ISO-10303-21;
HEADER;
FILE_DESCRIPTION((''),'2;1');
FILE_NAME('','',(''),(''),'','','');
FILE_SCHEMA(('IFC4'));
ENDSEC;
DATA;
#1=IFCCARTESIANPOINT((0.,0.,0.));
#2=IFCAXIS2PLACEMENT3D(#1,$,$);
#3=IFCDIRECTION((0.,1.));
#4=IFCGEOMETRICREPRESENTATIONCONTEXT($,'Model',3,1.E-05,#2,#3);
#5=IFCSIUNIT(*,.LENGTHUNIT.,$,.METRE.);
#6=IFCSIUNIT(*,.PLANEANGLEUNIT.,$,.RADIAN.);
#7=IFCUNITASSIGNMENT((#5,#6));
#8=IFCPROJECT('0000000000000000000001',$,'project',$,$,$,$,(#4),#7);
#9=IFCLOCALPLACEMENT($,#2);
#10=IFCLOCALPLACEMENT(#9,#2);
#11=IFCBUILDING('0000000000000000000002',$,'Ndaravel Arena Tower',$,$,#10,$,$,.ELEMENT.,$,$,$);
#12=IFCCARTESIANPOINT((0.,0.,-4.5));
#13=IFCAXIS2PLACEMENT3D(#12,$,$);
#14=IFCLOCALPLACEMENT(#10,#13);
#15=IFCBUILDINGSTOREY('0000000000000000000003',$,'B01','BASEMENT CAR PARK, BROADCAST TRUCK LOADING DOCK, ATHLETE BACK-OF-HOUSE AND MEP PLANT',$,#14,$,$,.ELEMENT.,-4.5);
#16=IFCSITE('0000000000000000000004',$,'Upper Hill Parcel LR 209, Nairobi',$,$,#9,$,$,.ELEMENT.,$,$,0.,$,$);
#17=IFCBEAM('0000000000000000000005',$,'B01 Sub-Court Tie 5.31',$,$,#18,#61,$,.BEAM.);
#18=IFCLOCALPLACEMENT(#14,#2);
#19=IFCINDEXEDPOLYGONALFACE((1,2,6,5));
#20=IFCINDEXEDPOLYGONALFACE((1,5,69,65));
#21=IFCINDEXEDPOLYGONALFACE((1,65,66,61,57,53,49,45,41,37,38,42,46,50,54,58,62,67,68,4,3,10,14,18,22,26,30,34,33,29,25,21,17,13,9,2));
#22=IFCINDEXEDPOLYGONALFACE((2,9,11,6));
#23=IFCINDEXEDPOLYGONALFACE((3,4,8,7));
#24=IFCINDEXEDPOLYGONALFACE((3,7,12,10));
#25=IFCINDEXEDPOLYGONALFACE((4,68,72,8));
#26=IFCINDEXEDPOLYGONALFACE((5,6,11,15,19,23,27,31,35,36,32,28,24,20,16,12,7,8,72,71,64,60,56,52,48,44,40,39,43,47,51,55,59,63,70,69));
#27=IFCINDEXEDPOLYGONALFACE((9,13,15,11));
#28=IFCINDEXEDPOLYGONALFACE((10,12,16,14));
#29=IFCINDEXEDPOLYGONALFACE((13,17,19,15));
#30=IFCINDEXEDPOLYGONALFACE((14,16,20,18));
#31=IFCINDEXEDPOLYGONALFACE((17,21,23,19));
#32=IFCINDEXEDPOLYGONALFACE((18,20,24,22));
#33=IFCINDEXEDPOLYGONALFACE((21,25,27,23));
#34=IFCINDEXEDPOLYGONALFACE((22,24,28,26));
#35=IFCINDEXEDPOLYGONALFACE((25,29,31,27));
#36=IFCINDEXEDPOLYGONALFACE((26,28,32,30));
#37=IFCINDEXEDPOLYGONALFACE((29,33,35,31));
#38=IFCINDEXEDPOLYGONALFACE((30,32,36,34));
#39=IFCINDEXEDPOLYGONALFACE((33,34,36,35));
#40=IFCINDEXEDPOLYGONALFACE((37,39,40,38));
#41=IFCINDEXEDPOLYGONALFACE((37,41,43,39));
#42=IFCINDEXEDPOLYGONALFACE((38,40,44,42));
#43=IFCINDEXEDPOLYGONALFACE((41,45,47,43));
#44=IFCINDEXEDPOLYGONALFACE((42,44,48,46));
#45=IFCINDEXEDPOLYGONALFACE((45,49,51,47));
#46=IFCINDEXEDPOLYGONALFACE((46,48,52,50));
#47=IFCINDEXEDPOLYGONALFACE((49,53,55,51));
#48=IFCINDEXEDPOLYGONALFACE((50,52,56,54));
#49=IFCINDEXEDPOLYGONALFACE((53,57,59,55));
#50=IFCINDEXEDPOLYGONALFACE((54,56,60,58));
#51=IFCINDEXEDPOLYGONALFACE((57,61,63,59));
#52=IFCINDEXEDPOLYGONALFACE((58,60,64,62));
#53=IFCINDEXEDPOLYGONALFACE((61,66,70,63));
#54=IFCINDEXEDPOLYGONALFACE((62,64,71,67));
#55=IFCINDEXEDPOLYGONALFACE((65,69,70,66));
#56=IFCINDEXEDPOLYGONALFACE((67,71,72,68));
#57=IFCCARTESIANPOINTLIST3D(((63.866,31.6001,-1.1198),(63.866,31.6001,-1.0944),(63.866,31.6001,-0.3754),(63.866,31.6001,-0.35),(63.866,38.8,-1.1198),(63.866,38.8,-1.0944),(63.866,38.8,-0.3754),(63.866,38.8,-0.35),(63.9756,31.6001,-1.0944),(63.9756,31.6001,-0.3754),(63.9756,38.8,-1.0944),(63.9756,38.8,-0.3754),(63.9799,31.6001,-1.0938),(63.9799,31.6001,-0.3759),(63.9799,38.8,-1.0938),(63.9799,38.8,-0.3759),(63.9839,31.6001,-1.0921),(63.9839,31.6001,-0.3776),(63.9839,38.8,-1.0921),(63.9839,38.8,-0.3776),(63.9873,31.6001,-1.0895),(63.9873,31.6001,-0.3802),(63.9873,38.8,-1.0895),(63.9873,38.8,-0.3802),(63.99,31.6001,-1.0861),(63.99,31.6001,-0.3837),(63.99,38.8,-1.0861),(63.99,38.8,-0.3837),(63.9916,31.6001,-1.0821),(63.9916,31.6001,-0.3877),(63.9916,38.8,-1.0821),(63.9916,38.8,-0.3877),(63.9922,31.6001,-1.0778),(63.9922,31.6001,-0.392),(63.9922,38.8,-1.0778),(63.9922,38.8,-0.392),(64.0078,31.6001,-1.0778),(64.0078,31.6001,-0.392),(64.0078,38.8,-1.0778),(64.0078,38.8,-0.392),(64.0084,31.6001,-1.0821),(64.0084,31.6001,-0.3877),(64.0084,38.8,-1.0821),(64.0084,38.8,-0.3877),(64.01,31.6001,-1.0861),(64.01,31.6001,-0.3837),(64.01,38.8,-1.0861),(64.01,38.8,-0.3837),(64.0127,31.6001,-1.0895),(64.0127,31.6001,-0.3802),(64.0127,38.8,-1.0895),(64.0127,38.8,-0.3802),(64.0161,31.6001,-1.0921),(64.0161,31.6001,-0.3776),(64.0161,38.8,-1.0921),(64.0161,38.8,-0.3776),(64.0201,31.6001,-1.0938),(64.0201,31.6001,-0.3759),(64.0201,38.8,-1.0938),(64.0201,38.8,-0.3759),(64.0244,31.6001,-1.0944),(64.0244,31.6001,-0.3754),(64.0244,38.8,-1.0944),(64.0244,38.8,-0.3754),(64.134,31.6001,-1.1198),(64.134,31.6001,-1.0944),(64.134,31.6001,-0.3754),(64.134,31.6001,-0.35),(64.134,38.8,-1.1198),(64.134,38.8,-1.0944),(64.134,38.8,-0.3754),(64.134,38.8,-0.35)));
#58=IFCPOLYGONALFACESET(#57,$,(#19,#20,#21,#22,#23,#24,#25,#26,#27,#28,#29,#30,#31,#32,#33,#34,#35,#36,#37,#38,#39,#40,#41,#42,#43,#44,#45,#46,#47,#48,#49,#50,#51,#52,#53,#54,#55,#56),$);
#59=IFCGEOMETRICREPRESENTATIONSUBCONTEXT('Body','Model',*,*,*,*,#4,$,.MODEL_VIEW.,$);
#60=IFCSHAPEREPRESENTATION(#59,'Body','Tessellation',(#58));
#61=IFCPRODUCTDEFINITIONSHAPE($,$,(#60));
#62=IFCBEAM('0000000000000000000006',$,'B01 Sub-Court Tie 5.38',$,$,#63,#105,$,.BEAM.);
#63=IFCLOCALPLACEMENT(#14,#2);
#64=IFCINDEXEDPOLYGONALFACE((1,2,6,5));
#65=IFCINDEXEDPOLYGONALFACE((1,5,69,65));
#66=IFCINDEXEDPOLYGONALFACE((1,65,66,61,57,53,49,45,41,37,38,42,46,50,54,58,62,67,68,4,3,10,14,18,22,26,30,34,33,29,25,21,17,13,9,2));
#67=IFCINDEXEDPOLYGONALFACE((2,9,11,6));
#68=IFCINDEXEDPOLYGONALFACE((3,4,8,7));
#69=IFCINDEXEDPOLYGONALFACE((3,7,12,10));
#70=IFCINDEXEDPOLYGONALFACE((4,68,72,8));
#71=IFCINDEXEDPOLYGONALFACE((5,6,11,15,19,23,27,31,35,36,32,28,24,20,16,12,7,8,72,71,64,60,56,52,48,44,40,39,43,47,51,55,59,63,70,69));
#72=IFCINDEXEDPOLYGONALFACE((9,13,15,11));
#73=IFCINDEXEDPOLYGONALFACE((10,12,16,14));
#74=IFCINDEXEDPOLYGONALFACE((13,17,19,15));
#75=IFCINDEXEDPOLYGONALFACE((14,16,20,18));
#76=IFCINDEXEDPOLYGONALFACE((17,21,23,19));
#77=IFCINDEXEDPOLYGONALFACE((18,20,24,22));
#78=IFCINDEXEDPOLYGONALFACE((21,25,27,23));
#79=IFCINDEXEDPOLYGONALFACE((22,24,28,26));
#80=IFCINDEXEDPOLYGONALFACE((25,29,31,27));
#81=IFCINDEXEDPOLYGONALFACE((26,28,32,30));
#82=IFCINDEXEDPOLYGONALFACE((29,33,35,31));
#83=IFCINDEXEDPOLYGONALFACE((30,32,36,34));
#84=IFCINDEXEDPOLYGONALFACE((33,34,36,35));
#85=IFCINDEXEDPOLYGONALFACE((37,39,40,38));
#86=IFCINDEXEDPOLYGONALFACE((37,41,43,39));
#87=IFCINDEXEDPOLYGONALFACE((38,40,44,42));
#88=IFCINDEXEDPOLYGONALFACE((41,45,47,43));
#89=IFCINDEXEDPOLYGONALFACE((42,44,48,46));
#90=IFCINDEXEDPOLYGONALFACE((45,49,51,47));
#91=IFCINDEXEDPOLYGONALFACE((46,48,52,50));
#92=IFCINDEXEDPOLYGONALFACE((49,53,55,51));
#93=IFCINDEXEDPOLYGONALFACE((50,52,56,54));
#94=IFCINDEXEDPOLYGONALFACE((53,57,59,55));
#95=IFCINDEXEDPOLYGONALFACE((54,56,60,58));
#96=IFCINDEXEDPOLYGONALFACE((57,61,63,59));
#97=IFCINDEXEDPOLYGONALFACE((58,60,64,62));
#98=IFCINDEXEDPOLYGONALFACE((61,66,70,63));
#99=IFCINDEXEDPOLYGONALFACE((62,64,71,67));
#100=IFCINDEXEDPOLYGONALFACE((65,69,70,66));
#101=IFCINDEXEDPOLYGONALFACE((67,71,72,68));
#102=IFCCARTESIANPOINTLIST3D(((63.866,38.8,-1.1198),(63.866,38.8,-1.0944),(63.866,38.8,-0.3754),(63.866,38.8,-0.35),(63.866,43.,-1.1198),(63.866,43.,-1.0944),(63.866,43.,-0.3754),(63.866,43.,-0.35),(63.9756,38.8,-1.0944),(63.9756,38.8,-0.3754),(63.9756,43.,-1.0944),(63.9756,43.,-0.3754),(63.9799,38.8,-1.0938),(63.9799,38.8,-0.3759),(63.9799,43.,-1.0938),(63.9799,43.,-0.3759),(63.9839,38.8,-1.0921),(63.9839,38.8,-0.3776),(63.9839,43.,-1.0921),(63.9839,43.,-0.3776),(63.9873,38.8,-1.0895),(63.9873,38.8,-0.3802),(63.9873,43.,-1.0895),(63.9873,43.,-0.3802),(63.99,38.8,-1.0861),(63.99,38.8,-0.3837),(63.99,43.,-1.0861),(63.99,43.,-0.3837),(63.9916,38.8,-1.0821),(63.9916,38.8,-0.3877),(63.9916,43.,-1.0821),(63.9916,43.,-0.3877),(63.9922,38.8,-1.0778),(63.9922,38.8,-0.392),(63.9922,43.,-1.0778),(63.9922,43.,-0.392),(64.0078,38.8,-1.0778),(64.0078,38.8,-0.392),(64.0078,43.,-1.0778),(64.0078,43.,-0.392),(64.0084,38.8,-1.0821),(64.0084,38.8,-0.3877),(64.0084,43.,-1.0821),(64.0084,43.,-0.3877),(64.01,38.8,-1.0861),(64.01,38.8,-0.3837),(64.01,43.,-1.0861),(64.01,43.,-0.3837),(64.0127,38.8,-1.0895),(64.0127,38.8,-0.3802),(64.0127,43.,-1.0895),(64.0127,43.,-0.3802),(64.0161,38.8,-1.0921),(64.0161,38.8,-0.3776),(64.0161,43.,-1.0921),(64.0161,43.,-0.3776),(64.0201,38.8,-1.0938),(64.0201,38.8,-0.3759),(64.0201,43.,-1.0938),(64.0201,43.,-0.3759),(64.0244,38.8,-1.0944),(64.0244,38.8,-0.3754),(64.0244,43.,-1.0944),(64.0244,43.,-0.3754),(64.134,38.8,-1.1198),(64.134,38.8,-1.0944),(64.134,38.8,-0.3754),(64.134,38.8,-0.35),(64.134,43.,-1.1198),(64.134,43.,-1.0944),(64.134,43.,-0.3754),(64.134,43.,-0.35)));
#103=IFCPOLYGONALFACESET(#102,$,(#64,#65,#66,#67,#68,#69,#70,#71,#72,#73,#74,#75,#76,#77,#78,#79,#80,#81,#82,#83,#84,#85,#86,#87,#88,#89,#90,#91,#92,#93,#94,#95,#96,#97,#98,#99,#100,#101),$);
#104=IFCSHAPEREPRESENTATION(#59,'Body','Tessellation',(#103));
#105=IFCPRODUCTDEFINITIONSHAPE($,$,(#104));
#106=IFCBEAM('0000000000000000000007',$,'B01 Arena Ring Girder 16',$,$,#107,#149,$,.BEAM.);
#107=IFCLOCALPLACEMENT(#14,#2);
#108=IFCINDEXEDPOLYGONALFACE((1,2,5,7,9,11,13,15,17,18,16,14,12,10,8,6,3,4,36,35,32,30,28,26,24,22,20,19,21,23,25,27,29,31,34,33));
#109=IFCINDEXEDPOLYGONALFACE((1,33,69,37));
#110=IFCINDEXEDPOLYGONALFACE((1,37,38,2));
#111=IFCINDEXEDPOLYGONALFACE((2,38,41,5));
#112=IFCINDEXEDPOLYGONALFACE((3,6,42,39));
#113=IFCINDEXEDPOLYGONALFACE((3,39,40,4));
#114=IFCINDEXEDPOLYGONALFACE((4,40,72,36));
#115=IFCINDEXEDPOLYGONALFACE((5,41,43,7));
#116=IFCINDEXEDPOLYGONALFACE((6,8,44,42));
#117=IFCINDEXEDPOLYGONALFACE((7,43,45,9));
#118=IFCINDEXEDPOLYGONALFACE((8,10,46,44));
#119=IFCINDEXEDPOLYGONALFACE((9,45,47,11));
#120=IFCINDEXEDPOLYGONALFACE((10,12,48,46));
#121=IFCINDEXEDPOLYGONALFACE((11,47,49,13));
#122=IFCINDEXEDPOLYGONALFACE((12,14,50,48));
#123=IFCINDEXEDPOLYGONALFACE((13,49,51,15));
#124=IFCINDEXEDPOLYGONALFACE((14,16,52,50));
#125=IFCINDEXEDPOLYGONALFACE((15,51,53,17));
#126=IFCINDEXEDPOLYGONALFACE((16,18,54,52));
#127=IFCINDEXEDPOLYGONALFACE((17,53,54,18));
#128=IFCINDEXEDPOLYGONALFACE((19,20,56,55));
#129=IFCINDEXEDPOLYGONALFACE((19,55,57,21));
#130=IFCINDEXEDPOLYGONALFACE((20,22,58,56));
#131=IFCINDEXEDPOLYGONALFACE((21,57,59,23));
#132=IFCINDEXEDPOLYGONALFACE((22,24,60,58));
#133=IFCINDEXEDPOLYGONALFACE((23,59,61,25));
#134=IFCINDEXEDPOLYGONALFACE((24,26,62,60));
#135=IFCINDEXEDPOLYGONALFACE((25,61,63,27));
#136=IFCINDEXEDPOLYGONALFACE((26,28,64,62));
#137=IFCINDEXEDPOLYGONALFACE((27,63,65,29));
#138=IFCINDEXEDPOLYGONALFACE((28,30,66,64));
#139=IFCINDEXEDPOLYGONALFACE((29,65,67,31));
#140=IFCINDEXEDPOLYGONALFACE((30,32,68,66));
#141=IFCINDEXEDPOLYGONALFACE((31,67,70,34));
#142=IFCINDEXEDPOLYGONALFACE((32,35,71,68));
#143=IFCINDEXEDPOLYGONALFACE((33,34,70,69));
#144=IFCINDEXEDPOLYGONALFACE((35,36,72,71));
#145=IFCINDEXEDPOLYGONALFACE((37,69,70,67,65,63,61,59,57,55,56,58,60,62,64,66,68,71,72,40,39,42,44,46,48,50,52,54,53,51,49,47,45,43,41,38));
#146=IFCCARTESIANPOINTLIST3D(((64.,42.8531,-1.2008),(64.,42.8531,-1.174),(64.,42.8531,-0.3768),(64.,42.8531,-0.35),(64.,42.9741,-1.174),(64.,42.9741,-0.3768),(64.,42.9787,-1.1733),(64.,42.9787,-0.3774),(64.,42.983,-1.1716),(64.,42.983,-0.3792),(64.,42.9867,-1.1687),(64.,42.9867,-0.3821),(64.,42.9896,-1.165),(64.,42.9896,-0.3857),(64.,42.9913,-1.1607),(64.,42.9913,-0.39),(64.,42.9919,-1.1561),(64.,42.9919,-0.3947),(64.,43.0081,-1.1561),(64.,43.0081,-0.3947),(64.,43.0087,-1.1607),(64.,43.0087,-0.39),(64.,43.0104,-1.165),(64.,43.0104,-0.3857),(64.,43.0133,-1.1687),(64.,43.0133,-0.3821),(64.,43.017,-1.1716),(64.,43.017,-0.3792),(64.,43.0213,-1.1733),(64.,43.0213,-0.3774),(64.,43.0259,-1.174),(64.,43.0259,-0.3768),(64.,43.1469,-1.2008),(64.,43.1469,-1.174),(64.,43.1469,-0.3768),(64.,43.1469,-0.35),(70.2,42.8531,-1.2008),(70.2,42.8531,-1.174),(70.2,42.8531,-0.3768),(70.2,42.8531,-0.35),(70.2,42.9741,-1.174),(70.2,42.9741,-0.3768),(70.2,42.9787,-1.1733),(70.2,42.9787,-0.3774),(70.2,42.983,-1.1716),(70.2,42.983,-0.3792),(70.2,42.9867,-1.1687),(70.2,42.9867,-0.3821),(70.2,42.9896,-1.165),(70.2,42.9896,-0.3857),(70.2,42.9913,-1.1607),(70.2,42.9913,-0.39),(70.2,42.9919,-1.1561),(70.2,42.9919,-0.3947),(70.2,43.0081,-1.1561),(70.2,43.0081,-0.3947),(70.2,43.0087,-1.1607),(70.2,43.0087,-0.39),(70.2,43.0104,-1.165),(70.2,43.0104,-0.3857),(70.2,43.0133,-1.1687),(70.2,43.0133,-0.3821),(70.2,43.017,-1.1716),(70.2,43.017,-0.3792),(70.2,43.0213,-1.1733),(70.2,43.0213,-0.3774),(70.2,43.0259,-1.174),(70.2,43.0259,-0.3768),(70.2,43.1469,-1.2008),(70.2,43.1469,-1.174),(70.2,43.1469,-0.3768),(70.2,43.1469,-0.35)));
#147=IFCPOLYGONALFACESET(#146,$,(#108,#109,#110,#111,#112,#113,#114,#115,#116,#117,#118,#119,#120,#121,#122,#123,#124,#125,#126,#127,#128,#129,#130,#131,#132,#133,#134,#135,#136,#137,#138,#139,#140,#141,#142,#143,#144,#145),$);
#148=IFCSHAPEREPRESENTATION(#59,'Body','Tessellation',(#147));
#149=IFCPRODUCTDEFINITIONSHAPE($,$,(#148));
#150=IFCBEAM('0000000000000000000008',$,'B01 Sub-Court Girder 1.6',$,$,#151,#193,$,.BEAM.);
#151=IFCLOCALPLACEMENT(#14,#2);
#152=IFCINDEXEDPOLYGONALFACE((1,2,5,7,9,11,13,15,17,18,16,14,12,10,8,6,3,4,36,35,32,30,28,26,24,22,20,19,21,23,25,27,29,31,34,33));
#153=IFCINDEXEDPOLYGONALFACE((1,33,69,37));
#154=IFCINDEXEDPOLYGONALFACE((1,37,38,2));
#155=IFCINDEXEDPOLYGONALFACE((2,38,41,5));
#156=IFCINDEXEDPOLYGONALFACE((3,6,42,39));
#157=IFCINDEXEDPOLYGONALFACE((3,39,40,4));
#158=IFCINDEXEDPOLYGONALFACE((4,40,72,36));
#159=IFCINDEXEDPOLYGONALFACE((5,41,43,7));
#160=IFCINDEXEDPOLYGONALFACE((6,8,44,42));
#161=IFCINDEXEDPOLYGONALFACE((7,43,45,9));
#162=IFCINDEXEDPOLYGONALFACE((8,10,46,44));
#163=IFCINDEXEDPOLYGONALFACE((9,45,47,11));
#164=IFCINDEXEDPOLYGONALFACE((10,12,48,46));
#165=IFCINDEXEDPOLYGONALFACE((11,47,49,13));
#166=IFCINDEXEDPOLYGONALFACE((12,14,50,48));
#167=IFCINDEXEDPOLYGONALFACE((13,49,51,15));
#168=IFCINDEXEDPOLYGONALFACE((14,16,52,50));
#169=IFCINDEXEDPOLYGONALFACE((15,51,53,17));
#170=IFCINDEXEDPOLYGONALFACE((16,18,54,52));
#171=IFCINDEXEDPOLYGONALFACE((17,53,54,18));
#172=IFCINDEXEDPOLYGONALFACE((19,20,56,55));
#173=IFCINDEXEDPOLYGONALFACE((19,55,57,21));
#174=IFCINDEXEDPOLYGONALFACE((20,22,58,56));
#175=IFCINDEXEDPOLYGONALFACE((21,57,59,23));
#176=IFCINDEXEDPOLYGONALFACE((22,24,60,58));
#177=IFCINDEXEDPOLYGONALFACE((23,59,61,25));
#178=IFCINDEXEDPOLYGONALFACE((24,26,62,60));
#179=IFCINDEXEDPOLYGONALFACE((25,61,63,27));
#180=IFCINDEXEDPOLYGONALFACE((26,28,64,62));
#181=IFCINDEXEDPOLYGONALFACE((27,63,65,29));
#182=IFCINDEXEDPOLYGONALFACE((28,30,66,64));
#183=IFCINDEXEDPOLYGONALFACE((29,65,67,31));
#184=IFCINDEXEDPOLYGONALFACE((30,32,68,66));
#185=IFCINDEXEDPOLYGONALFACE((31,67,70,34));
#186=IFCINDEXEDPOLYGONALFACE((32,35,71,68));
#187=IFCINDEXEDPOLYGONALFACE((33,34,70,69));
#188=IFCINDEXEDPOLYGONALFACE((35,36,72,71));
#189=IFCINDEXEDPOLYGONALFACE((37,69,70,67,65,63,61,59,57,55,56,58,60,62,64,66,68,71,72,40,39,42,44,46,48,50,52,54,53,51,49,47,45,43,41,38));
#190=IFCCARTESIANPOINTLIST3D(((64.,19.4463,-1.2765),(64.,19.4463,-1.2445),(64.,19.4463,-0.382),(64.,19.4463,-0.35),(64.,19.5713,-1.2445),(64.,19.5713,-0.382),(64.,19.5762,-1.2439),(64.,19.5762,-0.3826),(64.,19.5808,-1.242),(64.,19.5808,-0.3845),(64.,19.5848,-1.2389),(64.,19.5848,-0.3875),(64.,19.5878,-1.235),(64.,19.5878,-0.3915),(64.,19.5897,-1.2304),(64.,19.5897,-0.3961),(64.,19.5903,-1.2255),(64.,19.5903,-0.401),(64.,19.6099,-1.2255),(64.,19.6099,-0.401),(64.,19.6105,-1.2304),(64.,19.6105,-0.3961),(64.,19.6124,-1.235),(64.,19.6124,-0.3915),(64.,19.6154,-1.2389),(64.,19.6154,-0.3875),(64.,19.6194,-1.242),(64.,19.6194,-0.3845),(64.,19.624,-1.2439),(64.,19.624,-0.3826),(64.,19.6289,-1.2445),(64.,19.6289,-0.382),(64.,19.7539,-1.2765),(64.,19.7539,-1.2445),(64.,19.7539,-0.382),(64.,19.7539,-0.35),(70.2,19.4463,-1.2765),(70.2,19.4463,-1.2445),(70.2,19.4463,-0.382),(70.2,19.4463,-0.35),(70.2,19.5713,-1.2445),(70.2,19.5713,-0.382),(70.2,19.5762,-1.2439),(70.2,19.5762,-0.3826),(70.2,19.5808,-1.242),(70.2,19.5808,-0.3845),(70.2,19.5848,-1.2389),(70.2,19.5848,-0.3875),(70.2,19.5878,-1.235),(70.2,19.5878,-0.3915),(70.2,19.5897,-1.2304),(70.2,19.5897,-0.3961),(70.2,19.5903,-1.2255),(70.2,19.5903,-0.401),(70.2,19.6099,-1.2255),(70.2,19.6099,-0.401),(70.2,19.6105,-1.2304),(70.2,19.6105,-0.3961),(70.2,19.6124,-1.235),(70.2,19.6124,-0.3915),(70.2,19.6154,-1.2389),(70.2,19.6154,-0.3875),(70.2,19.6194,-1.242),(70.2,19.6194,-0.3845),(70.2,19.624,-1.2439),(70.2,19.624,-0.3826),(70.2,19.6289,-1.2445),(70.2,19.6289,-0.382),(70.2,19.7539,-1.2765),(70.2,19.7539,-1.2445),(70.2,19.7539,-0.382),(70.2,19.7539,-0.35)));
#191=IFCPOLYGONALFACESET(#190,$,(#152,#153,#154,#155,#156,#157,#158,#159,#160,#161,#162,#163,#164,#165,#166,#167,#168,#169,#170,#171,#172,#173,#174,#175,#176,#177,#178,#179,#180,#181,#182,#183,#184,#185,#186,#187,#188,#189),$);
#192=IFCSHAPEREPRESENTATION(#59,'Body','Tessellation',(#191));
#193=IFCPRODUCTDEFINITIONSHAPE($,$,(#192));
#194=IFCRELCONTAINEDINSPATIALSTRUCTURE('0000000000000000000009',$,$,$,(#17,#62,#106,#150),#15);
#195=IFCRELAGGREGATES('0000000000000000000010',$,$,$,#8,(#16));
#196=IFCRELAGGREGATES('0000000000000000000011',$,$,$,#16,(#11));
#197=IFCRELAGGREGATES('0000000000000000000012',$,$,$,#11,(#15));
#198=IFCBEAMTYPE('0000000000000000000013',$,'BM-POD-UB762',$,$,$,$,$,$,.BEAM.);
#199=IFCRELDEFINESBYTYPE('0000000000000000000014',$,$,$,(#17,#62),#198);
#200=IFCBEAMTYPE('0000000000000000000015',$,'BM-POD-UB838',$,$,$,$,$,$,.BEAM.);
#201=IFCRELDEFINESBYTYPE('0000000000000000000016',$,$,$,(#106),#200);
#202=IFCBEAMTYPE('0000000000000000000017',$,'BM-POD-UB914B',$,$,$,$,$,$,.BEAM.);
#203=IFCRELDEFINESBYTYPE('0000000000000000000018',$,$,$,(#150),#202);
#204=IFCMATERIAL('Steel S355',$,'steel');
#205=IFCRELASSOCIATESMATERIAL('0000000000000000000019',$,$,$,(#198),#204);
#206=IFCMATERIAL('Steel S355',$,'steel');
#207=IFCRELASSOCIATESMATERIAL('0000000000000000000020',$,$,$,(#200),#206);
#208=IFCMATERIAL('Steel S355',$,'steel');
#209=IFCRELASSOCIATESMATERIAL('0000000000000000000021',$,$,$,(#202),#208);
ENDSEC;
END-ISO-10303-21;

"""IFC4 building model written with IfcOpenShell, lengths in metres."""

from ifc_helpers import new_model, si_unit, direction, frame, origin, origin_2d, place, context, subcontext, project, spatial, i_section, extrude, material, material_profile, profile_set, type_object, element, save


model = new_model("IFC4")

# Units and contexts
model_context = context("Model", 3, precision=1e-05, world=origin(), true_north=direction((0.0, 1.0)))
body_context = subcontext(model_context, "Body", "Model", "MODEL_VIEW")
ifc_project = project(units=[si_unit("LENGTHUNIT", "METRE"), si_unit("PLANEANGLEUNIT", "RADIAN")], contexts=[model_context])

# Site, building, storey
site_placement = place(None, origin())
site = spatial("IfcSite", under=ifc_project, at=site_placement, Name="Upper Hill Parcel LR 209, Nairobi", CompositionType="ELEMENT", RefElevation=0.0)
building_placement = place(site_placement, origin())
building = spatial("IfcBuilding", under=site, at=building_placement, Name="Ndaravel Arena Tower", CompositionType="ELEMENT")
storey_placement = place(building_placement, frame((0.0, 0.0, -4.5)))
storey = spatial("IfcBuildingStorey", under=building, at=storey_placement, Name="B01", Description="BASEMENT CAR PARK, BROADCAST TRUCK LOADING DOCK, ATHLETE BACK-OF-HOUSE AND MEP PLANT", CompositionType="ELEMENT", Elevation=-4.5)

# Beams
ifc_material_1 = material(Name="Steel S355", Category="steel")
ifc_material_profile_1 = material_profile(ifc_material_1, i_section(OverallWidth=0.2681, OverallDepth=0.7698, WebThickness=0.0156, FlangeThickness=0.0254, FilletRadius=0.0166, at=origin_2d()), Name="UB 762x267x197")
ifc_profile_set_1 = profile_set([ifc_material_profile_1], Name="Steel S355")
beam_type_1 = type_object("IfcBeamType", Name="BM-POD-UB762", PredefinedType="BEAM", material=ifc_profile_set_1)
beam_1_placement = place(storey_placement, frame((64.0, 31.6001, -0.7349), z_axis=(0.0, 1.0, 0.0), x_axis=(-1.0, 0.0, 0.0)))
element("IfcBeam", 1, at=beam_1_placement, inside=storey, type_object=beam_type_1, Name="B01 Sub-Court Tie 5.31", PredefinedType="BEAM", context=body_context, shape_type="SweptSolid", body=[
    extrude(i_section(OverallWidth=0.2681, OverallDepth=0.7698, WebThickness=0.0156, FlangeThickness=0.0254, FilletRadius=0.0166, at=origin_2d()), origin(), (0.0, 0.0, 1.0), 7.2),
])
beam_2_placement = place(storey_placement, frame((64.0, 38.8, -0.7349), z_axis=(0.0, 1.0, 0.0), x_axis=(-1.0, 0.0, 0.0)))
element("IfcBeam", 2, at=beam_2_placement, inside=storey, type_object=beam_type_1, Name="B01 Sub-Court Tie 5.38", PredefinedType="BEAM", context=body_context, shape_type="SweptSolid", body=[
    extrude(i_section(OverallWidth=0.2681, OverallDepth=0.7698, WebThickness=0.0156, FlangeThickness=0.0254, FilletRadius=0.0166, at=origin_2d()), origin(), (0.0, 0.0, 1.0), 4.2),
])
ifc_material_2 = material(Name="Steel S355", Category="steel")
ifc_material_profile_2 = material_profile(ifc_material_2, i_section(OverallWidth=0.2937, OverallDepth=0.8508, WebThickness=0.0161, FlangeThickness=0.0269, FilletRadius=0.0178, at=origin_2d()), Name="UB 838x292x226")
ifc_profile_set_2 = profile_set([ifc_material_profile_2], Name="Steel S355")
beam_type_2 = type_object("IfcBeamType", Name="BM-POD-UB838", PredefinedType="BEAM", material=ifc_profile_set_2)
beam_3_placement = place(storey_placement, frame((64.0, 43.0, -0.7754), z_axis=(1.0, 0.0, 0.0), x_axis=(0.0, 1.0, 0.0)))
element("IfcBeam", 3, at=beam_3_placement, inside=storey, type_object=beam_type_2, Name="B01 Arena Ring Girder 16", PredefinedType="BEAM", context=body_context, shape_type="SweptSolid", body=[
    extrude(i_section(OverallWidth=0.2937, OverallDepth=0.8508, WebThickness=0.0161, FlangeThickness=0.0269, FilletRadius=0.0178, at=origin_2d()), origin(), (0.0, 0.0, 1.0), 6.2),
])
ifc_material_3 = material(Name="Steel S355", Category="steel")
ifc_material_profile_3 = material_profile(ifc_material_3, i_section(OverallWidth=0.3076, OverallDepth=0.9265, WebThickness=0.0195, FlangeThickness=0.032, FilletRadius=0.019, at=origin_2d()), Name="UB 914x305x289")
ifc_profile_set_3 = profile_set([ifc_material_profile_3], Name="Steel S355")
beam_type_3 = type_object("IfcBeamType", Name="BM-POD-UB914B", PredefinedType="BEAM", material=ifc_profile_set_3)
for number, where, z_axis, x_axis, name in (
    (4, (64.0, 19.6001, -0.8132), (1.0, 0.0, 0.0), (0.0, 1.0, 0.0), "B01 Sub-Court Girder 1.6"),
):
    element("IfcBeam", number, at=place(storey_placement, frame(where, z_axis=z_axis, x_axis=x_axis)), inside=storey, type_object=beam_type_3, Name=name, PredefinedType="BEAM", context=body_context, shape_type="SweptSolid", body=[
        extrude(i_section(OverallWidth=0.3076, OverallDepth=0.9265, WebThickness=0.0195, FlangeThickness=0.032, FilletRadius=0.019, at=origin_2d()), origin(), (0.0, 0.0, 1.0), 6.2),
    ])

save(model, "model.ifc")
